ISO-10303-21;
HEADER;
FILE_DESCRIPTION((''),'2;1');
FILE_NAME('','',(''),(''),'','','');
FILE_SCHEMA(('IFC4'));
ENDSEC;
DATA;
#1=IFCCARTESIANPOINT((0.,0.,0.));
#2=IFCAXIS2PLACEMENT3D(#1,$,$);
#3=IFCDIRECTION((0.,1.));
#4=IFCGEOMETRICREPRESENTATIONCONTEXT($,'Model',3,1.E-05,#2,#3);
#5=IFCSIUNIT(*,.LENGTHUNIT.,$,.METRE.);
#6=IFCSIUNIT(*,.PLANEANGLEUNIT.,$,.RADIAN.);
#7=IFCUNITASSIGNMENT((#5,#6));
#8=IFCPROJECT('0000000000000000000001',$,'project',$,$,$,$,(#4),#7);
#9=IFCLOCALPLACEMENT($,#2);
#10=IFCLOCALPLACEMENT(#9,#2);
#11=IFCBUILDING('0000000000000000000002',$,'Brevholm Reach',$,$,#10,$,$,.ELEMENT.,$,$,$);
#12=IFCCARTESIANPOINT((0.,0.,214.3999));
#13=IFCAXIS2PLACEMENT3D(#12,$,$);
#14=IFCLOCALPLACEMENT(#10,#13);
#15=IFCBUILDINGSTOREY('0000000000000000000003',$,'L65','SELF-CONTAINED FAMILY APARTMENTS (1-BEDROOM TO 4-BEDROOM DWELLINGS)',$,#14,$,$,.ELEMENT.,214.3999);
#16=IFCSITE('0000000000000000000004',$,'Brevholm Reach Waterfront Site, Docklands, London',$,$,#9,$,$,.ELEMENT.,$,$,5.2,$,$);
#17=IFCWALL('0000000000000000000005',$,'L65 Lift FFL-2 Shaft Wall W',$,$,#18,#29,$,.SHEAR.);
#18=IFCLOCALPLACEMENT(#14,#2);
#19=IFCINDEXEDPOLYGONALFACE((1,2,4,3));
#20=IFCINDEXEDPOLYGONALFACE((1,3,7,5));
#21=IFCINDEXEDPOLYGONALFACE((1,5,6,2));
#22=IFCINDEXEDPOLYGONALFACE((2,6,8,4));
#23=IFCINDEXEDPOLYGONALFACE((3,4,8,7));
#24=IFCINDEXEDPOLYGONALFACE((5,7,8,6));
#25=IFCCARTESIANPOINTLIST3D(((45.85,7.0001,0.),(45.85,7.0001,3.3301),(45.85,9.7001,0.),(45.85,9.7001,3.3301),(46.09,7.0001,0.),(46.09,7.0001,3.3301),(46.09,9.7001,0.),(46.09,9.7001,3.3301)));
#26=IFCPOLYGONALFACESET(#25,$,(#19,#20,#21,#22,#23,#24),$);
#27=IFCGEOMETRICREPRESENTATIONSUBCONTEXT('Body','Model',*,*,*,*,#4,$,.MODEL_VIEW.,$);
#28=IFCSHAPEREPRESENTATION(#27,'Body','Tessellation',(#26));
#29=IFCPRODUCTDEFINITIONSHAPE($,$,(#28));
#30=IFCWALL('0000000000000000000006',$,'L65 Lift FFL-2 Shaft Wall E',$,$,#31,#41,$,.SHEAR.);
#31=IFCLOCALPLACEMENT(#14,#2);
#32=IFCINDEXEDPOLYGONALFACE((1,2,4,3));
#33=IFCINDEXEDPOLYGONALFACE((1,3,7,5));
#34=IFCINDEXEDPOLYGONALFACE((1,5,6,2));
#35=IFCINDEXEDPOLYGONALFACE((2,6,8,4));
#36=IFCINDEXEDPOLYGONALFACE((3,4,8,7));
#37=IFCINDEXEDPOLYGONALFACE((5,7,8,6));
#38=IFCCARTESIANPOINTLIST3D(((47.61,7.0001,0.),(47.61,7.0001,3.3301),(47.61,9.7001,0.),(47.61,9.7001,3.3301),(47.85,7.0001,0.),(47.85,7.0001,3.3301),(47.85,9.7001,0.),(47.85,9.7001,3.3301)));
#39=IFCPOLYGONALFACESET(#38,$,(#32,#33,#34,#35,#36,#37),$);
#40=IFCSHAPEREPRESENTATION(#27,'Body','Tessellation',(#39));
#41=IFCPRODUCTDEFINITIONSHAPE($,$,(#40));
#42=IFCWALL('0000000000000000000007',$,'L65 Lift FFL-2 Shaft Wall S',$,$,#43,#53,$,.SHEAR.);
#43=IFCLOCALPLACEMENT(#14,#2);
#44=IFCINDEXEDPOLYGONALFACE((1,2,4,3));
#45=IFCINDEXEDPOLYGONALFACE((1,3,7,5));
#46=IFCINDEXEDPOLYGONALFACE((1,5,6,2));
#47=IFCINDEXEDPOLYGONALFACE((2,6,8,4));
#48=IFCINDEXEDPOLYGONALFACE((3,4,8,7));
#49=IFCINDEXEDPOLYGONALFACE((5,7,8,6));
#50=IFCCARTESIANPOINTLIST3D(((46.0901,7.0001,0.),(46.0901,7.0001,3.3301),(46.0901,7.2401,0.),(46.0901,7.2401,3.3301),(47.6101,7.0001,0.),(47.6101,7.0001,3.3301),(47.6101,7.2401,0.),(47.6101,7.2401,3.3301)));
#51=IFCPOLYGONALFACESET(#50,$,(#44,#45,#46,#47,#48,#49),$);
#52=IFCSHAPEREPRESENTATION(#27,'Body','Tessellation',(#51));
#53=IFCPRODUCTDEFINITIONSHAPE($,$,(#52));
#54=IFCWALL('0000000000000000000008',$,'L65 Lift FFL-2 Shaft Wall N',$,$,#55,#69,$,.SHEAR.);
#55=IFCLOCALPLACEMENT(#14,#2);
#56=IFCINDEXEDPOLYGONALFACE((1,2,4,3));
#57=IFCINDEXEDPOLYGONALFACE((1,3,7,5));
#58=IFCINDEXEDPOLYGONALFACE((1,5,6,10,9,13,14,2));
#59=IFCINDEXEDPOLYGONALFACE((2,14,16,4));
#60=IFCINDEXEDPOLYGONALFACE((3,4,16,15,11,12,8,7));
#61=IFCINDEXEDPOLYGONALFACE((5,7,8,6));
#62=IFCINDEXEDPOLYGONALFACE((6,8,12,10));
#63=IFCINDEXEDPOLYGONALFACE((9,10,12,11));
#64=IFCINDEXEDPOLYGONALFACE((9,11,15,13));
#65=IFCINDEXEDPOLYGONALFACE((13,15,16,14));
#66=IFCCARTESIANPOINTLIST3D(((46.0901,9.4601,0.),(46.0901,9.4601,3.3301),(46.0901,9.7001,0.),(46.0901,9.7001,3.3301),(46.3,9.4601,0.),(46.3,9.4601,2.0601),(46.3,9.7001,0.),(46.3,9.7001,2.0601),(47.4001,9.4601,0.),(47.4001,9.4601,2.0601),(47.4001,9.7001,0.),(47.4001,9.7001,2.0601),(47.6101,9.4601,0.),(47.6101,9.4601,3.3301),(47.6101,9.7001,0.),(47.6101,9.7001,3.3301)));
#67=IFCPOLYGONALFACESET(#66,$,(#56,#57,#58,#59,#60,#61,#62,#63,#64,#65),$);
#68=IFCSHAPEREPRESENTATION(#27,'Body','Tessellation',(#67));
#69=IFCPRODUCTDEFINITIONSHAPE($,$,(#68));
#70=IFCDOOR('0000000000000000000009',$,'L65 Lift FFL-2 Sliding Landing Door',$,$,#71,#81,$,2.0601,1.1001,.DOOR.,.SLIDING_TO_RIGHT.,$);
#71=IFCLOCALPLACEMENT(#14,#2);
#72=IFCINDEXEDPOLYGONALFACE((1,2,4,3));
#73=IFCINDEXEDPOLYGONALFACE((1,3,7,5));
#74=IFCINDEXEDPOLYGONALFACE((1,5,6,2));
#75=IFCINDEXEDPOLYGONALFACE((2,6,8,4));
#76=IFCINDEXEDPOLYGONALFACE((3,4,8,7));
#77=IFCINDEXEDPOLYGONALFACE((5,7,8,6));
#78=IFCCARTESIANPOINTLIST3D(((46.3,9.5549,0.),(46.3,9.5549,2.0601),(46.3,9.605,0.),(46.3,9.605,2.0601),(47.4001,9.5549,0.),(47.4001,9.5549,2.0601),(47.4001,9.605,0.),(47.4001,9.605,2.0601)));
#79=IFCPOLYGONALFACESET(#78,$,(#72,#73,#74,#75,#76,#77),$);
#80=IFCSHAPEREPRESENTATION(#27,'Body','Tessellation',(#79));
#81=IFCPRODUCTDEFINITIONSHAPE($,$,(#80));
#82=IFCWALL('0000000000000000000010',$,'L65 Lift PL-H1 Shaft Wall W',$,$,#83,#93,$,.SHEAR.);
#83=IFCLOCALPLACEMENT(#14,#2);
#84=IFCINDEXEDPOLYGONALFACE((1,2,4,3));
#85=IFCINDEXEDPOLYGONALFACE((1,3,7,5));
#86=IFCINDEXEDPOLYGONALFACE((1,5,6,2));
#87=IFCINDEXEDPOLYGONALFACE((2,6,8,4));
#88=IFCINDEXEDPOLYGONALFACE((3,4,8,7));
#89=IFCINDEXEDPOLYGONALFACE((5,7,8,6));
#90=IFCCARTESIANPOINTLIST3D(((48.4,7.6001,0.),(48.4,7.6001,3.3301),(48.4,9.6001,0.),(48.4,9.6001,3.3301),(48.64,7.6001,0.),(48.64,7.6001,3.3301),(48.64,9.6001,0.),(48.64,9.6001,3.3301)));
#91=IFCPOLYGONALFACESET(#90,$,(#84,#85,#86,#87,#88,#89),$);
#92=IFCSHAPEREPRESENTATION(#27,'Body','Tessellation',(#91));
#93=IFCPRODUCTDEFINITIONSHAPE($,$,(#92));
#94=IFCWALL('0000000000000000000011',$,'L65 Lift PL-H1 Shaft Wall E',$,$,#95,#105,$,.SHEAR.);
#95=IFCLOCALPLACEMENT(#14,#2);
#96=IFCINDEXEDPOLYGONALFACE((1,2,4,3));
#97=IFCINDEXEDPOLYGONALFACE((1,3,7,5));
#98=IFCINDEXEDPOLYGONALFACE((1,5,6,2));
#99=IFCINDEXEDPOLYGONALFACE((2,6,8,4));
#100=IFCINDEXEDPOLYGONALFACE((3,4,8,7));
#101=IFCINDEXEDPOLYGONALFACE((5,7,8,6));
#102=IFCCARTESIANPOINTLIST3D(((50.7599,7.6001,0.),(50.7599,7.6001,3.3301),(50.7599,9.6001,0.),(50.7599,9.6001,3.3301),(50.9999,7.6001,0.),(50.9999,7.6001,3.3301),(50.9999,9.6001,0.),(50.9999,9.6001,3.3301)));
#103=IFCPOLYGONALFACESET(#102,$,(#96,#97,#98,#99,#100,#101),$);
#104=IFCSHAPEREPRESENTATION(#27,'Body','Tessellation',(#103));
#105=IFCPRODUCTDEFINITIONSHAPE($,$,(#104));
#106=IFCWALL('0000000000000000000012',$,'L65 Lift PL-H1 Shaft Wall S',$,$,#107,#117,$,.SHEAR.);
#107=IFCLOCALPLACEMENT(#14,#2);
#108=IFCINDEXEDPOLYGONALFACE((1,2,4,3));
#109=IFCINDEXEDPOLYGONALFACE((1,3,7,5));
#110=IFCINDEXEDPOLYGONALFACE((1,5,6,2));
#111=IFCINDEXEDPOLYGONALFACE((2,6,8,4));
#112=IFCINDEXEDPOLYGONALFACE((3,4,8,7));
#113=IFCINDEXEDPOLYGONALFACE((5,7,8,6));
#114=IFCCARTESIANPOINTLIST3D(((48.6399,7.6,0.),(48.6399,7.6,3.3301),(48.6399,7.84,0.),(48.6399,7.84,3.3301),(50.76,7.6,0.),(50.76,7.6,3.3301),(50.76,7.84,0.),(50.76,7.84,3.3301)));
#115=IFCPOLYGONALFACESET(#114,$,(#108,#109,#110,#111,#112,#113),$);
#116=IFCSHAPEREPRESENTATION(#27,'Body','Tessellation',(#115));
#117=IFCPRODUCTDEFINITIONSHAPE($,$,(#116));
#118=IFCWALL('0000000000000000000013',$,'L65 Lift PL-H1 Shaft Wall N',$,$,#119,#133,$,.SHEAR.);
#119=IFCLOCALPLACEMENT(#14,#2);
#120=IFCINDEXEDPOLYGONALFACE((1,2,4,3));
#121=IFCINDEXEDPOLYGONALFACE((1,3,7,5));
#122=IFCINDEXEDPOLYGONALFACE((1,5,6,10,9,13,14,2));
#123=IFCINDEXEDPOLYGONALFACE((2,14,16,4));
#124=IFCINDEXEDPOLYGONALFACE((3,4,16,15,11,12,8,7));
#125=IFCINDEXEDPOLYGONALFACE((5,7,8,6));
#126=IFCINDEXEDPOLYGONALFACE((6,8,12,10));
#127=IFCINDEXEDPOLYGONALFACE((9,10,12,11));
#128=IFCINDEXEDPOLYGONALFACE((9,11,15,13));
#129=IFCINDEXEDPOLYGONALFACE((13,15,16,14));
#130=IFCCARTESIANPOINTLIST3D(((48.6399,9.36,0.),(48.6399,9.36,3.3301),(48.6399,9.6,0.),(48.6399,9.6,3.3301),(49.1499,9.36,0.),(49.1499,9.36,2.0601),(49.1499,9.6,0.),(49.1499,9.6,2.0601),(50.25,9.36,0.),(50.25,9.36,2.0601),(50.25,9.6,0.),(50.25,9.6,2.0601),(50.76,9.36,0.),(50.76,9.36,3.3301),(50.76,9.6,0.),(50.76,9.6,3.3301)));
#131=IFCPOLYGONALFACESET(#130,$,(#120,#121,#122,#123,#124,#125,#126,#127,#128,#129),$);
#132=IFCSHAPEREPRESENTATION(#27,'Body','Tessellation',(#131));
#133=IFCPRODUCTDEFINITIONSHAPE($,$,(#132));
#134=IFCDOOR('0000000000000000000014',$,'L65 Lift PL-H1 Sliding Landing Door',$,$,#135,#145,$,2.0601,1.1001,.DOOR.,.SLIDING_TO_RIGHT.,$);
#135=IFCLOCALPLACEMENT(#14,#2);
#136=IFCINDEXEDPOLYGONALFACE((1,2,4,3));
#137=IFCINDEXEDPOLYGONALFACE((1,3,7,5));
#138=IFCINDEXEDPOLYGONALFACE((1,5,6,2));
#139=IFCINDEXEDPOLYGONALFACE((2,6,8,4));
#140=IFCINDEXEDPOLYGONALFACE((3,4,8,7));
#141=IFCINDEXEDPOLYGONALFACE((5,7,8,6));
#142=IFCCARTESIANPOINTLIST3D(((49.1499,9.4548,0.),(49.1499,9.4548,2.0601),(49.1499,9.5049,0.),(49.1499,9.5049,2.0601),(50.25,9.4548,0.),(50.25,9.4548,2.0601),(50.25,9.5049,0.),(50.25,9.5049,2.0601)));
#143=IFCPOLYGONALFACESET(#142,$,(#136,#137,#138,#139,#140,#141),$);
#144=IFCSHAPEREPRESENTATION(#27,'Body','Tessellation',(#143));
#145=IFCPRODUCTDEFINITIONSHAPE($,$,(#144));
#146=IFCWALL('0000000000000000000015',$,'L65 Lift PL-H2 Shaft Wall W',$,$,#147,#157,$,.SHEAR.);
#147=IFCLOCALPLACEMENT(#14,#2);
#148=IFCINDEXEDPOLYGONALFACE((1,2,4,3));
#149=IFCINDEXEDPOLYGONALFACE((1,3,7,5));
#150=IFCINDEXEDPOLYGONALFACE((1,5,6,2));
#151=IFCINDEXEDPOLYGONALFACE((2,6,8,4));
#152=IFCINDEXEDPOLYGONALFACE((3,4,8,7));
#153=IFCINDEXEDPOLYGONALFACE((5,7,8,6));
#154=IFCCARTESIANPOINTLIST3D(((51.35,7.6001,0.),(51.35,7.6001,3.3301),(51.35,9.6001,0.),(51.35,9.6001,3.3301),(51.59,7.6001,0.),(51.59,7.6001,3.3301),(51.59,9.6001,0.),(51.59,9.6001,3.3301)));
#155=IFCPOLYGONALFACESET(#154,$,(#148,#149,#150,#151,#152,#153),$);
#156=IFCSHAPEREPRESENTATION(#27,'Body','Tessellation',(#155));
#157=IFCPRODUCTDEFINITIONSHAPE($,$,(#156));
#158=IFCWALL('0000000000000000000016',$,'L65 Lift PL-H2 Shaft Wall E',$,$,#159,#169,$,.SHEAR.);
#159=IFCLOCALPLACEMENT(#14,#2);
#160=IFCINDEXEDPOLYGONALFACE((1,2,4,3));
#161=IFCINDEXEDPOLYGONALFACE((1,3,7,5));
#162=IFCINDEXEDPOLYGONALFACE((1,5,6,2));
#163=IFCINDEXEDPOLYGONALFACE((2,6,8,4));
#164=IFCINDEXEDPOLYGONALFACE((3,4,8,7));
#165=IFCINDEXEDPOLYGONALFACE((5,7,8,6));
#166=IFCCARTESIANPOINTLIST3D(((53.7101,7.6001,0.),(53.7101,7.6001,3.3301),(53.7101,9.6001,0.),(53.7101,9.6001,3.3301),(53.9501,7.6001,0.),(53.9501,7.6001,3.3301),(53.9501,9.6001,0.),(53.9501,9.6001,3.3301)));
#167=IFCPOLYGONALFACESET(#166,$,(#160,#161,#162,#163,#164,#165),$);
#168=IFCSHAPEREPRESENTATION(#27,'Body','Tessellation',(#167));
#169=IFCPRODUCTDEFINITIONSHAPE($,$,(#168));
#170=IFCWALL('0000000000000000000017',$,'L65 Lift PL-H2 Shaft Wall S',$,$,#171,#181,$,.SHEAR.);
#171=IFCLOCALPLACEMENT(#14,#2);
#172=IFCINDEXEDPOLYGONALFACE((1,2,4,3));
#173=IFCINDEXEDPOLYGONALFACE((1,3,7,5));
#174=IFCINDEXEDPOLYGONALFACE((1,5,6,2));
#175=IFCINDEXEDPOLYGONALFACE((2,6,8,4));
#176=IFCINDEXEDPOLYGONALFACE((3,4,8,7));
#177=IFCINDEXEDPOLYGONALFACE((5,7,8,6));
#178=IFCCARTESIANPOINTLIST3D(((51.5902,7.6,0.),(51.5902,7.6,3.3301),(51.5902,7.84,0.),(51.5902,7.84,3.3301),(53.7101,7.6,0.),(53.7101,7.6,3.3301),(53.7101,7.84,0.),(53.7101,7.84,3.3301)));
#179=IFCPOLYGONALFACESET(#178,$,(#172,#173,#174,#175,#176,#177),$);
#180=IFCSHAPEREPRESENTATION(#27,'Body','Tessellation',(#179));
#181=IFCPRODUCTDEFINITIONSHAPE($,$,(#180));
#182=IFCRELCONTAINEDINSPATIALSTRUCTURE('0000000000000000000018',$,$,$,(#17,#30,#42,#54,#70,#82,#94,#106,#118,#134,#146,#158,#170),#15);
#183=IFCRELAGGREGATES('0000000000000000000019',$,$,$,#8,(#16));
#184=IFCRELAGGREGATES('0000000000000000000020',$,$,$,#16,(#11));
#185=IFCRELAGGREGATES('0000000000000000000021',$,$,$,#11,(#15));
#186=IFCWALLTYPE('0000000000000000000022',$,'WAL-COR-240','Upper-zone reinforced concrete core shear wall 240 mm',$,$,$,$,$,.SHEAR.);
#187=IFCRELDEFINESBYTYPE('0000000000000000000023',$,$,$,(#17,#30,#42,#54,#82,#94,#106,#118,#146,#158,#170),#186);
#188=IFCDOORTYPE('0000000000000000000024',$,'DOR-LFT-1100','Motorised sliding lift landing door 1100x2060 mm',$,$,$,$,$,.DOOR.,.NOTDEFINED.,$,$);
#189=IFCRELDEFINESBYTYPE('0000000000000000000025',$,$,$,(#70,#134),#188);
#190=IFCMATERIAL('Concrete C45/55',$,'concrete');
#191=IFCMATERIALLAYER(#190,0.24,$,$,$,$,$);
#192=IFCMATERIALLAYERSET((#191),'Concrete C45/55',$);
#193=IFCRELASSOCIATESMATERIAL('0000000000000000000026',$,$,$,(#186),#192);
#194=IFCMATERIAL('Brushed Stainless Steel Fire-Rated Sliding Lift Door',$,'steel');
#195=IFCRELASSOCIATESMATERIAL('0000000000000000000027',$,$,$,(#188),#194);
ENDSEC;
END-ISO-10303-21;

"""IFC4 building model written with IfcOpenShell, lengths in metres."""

from ifc_helpers import new_model, si_unit, direction, frame, frame_2d, origin, place, context, subcontext, project, spatial, rectangle, extrude, material, layer, layer_set, type_object, element, fill, save


model = new_model("IFC4")

# Units and contexts
model_context = context("Model", 3, precision=1e-05, world=origin(), true_north=direction((0.0, 1.0)))
body_context = subcontext(model_context, "Body", "Model", "MODEL_VIEW")
ifc_project = project(units=[si_unit("LENGTHUNIT", "METRE"), si_unit("PLANEANGLEUNIT", "RADIAN")], contexts=[model_context])

# Site, building, storey
site_placement = place(None, origin())
site = spatial("IfcSite", under=ifc_project, at=site_placement, Name="Brevholm Reach Waterfront Site, Docklands, London", CompositionType="ELEMENT", RefElevation=5.2)
building_placement = place(site_placement, origin())
building = spatial("IfcBuilding", under=site, at=building_placement, Name="Brevholm Reach", CompositionType="ELEMENT")
storey_placement = place(building_placement, frame((0.0, 0.0, 214.3999)))
storey = spatial("IfcBuildingStorey", under=building, at=storey_placement, Name="L65", Description="SELF-CONTAINED FAMILY APARTMENTS (1-BEDROOM TO 4-BEDROOM DWELLINGS)", CompositionType="ELEMENT", Elevation=214.3999)

# Shared definitions
ifc_material_1 = material(Name="Concrete C45/55", Category="concrete")
ifc_layer_1 = layer(ifc_material_1, 0.24)
ifc_layer_set_1 = layer_set([ifc_layer_1], Name="Concrete C45/55")
wall_type_1 = type_object("IfcWallType", Name="WAL-COR-240", Description="Upper-zone reinforced concrete core shear wall 240 mm", PredefinedType="SHEAR", material=ifc_layer_set_1)

# Walls
for number, where, z_axis, x_axis, name in (
    (1, (45.97, 7.0, 0.0), (0.0, 0.0, 1.0), (0.0, 1.0, 0.0), "L65 Lift FFL-2 Shaft Wall W"),
    (2, (47.73, 7.0, 0.0), (0.0, 0.0, 1.0), (0.0, 1.0, 0.0), "L65 Lift FFL-2 Shaft Wall E"),
):
    element("IfcWall", number, at=place(storey_placement, frame(where, z_axis=z_axis, x_axis=x_axis)), inside=storey, type_object=wall_type_1, Name=name, PredefinedType="SHEAR", context=body_context, shape_type="SweptSolid", body=[
        extrude(rectangle(XDim=2.7, YDim=0.24, at=frame_2d((1.3501, 0.0))), origin(), (0.0, 0.0, 1.0), 3.3301),
    ])
wall_1_placement = place(storey_placement, frame((46.0901, 7.1201, 0.0), z_axis=(0.0, 0.0, 1.0), x_axis=(1.0, 0.0, 0.0)))
element("IfcWall", 3, at=wall_1_placement, inside=storey, type_object=wall_type_1, Name="L65 Lift FFL-2 Shaft Wall S", PredefinedType="SHEAR", context=body_context, shape_type="SweptSolid", body=[
    extrude(rectangle(XDim=1.52, YDim=0.24, at=frame_2d((0.76, 0.0))), origin(), (0.0, 0.0, 1.0), 3.3301),
])

# Wall, opening, door
wall_2_placement = place(storey_placement, frame((46.0901, 9.5801, 0.0), z_axis=(0.0, 0.0, 1.0), x_axis=(1.0, 0.0, 0.0)))
wall_2 = element("IfcWall", 4, at=wall_2_placement, inside=storey, type_object=wall_type_1, Name="L65 Lift FFL-2 Shaft Wall N", PredefinedType="SHEAR", context=body_context, shape_type="SweptSolid", body=[
    extrude(rectangle(XDim=1.52, YDim=0.24, at=frame_2d((0.76, 0.0))), origin(), (0.0, 0.0, 1.0), 3.3301),
])
opening_1_placement = place(wall_2_placement, frame((0.21, 0.0, 0.0)))
opening_1 = element("IfcOpeningElement", 5, at=opening_1_placement, cuts=wall_2, PredefinedType="OPENING", context=body_context, shape_type="SweptSolid", body=[
    extrude(rectangle(XDim=1.1001, YDim=2.0601, at=frame_2d((0.55, 1.03))), frame((0.0, 0.1299, 0.0), z_axis=(0.0, -1.0, 0.0), x_axis=(1.0, 0.0, 0.0)), (0.0, 0.0, 1.0), 0.26),
])
ifc_material_2 = material(Name="Brushed Stainless Steel Fire-Rated Sliding Lift Door", Category="steel")
door_type_1 = type_object("IfcDoorType", Name="DOR-LFT-1100", Description="Motorised sliding lift landing door 1100x2060 mm", OperationType="NOTDEFINED", PredefinedType="DOOR", material=ifc_material_2)
door_1_placement = place(opening_1_placement, origin())
door_1 = element("IfcDoor", 6, at=door_1_placement, inside=storey, type_object=door_type_1, Name="L65 Lift FFL-2 Sliding Landing Door", OperationType="SLIDING_TO_RIGHT", OverallHeight=2.0601, OverallWidth=1.1001, PredefinedType="DOOR", context=body_context, shape_type="SweptSolid", body=[
    extrude(rectangle(XDim=1.1001, YDim=2.0601, at=frame_2d((0.55, 1.03))), frame((0.0, 0.0249, 0.0), z_axis=(0.0, -1.0, 0.0), x_axis=(1.0, 0.0, 0.0)), (0.0, 0.0, 1.0), 0.05),
])
fill(opening_1, door_1)

# Walls
for number, where, z_axis, x_axis, name in (
    (7, (48.52, 7.6001, 0.0), (0.0, 0.0, 1.0), (0.0, 1.0, 0.0), "L65 Lift PL-H1 Shaft Wall W"),
    (8, (50.8799, 7.6001, 0.0), (0.0, 0.0, 1.0), (0.0, 1.0, 0.0), "L65 Lift PL-H1 Shaft Wall E"),
):
    element("IfcWall", number, at=place(storey_placement, frame(where, z_axis=z_axis, x_axis=x_axis)), inside=storey, type_object=wall_type_1, Name=name, PredefinedType="SHEAR", context=body_context, shape_type="SweptSolid", body=[
        extrude(rectangle(XDim=2.0, YDim=0.24, at=frame_2d((1.0, 0.0))), origin(), (0.0, 0.0, 1.0), 3.3301),
    ])
wall_3_placement = place(storey_placement, frame((48.6399, 7.72, 0.0), z_axis=(0.0, 0.0, 1.0), x_axis=(1.0, 0.0, 0.0)))
element("IfcWall", 9, at=wall_3_placement, inside=storey, type_object=wall_type_1, Name="L65 Lift PL-H1 Shaft Wall S", PredefinedType="SHEAR", context=body_context, shape_type="SweptSolid", body=[
    extrude(rectangle(XDim=2.1201, YDim=0.24, at=frame_2d((1.0601, 0.0))), origin(), (0.0, 0.0, 1.0), 3.3301),
])

# Wall, opening, door
wall_4_placement = place(storey_placement, frame((48.6399, 9.48, 0.0), z_axis=(0.0, 0.0, 1.0), x_axis=(1.0, 0.0, 0.0)))
wall_4 = element("IfcWall", 10, at=wall_4_placement, inside=storey, type_object=wall_type_1, Name="L65 Lift PL-H1 Shaft Wall N", PredefinedType="SHEAR", context=body_context, shape_type="SweptSolid", body=[
    extrude(rectangle(XDim=2.1201, YDim=0.24, at=frame_2d((1.0601, 0.0))), origin(), (0.0, 0.0, 1.0), 3.3301),
])
opening_2_placement = place(wall_4_placement, frame((0.51, 0.0, 0.0)))
opening_2 = element("IfcOpeningElement", 11, at=opening_2_placement, cuts=wall_4, PredefinedType="OPENING", context=body_context, shape_type="SweptSolid", body=[
    extrude(rectangle(XDim=1.1001, YDim=2.0601, at=frame_2d((0.55, 1.03))), frame((0.0, 0.1299, 0.0), z_axis=(0.0, -1.0, 0.0), x_axis=(1.0, 0.0, 0.0)), (0.0, 0.0, 1.0), 0.26),
])
door_2_placement = place(opening_2_placement, origin())
door_2 = element("IfcDoor", 12, at=door_2_placement, inside=storey, type_object=door_type_1, Name="L65 Lift PL-H1 Sliding Landing Door", OperationType="SLIDING_TO_RIGHT", OverallHeight=2.0601, OverallWidth=1.1001, PredefinedType="DOOR", context=body_context, shape_type="SweptSolid", body=[
    extrude(rectangle(XDim=1.1001, YDim=2.0601, at=frame_2d((0.55, 1.03))), frame((0.0, 0.0249, 0.0), z_axis=(0.0, -1.0, 0.0), x_axis=(1.0, 0.0, 0.0)), (0.0, 0.0, 1.0), 0.05),
])
fill(opening_2, door_2)

# Walls
for number, where, z_axis, x_axis, name in (
    (13, (51.47, 7.6001, 0.0), (0.0, 0.0, 1.0), (0.0, 1.0, 0.0), "L65 Lift PL-H2 Shaft Wall W"),
    (14, (53.8301, 7.6001, 0.0), (0.0, 0.0, 1.0), (0.0, 1.0, 0.0), "L65 Lift PL-H2 Shaft Wall E"),
):
    element("IfcWall", number, at=place(storey_placement, frame(where, z_axis=z_axis, x_axis=x_axis)), inside=storey, type_object=wall_type_1, Name=name, PredefinedType="SHEAR", context=body_context, shape_type="SweptSolid", body=[
        extrude(rectangle(XDim=2.0, YDim=0.24, at=frame_2d((1.0, 0.0))), origin(), (0.0, 0.0, 1.0), 3.3301),
    ])
wall_5_placement = place(storey_placement, frame((51.5901, 7.72, 0.0), z_axis=(0.0, 0.0, 1.0), x_axis=(1.0, 0.0, 0.0)))
element("IfcWall", 15, at=wall_5_placement, inside=storey, type_object=wall_type_1, Name="L65 Lift PL-H2 Shaft Wall S", PredefinedType="SHEAR", context=body_context, shape_type="SweptSolid", body=[
    extrude(rectangle(XDim=2.1199, YDim=0.24, at=frame_2d((1.0601, 0.0))), origin(), (0.0, 0.0, 1.0), 3.3301),
])

save(model, "model.ifc")
